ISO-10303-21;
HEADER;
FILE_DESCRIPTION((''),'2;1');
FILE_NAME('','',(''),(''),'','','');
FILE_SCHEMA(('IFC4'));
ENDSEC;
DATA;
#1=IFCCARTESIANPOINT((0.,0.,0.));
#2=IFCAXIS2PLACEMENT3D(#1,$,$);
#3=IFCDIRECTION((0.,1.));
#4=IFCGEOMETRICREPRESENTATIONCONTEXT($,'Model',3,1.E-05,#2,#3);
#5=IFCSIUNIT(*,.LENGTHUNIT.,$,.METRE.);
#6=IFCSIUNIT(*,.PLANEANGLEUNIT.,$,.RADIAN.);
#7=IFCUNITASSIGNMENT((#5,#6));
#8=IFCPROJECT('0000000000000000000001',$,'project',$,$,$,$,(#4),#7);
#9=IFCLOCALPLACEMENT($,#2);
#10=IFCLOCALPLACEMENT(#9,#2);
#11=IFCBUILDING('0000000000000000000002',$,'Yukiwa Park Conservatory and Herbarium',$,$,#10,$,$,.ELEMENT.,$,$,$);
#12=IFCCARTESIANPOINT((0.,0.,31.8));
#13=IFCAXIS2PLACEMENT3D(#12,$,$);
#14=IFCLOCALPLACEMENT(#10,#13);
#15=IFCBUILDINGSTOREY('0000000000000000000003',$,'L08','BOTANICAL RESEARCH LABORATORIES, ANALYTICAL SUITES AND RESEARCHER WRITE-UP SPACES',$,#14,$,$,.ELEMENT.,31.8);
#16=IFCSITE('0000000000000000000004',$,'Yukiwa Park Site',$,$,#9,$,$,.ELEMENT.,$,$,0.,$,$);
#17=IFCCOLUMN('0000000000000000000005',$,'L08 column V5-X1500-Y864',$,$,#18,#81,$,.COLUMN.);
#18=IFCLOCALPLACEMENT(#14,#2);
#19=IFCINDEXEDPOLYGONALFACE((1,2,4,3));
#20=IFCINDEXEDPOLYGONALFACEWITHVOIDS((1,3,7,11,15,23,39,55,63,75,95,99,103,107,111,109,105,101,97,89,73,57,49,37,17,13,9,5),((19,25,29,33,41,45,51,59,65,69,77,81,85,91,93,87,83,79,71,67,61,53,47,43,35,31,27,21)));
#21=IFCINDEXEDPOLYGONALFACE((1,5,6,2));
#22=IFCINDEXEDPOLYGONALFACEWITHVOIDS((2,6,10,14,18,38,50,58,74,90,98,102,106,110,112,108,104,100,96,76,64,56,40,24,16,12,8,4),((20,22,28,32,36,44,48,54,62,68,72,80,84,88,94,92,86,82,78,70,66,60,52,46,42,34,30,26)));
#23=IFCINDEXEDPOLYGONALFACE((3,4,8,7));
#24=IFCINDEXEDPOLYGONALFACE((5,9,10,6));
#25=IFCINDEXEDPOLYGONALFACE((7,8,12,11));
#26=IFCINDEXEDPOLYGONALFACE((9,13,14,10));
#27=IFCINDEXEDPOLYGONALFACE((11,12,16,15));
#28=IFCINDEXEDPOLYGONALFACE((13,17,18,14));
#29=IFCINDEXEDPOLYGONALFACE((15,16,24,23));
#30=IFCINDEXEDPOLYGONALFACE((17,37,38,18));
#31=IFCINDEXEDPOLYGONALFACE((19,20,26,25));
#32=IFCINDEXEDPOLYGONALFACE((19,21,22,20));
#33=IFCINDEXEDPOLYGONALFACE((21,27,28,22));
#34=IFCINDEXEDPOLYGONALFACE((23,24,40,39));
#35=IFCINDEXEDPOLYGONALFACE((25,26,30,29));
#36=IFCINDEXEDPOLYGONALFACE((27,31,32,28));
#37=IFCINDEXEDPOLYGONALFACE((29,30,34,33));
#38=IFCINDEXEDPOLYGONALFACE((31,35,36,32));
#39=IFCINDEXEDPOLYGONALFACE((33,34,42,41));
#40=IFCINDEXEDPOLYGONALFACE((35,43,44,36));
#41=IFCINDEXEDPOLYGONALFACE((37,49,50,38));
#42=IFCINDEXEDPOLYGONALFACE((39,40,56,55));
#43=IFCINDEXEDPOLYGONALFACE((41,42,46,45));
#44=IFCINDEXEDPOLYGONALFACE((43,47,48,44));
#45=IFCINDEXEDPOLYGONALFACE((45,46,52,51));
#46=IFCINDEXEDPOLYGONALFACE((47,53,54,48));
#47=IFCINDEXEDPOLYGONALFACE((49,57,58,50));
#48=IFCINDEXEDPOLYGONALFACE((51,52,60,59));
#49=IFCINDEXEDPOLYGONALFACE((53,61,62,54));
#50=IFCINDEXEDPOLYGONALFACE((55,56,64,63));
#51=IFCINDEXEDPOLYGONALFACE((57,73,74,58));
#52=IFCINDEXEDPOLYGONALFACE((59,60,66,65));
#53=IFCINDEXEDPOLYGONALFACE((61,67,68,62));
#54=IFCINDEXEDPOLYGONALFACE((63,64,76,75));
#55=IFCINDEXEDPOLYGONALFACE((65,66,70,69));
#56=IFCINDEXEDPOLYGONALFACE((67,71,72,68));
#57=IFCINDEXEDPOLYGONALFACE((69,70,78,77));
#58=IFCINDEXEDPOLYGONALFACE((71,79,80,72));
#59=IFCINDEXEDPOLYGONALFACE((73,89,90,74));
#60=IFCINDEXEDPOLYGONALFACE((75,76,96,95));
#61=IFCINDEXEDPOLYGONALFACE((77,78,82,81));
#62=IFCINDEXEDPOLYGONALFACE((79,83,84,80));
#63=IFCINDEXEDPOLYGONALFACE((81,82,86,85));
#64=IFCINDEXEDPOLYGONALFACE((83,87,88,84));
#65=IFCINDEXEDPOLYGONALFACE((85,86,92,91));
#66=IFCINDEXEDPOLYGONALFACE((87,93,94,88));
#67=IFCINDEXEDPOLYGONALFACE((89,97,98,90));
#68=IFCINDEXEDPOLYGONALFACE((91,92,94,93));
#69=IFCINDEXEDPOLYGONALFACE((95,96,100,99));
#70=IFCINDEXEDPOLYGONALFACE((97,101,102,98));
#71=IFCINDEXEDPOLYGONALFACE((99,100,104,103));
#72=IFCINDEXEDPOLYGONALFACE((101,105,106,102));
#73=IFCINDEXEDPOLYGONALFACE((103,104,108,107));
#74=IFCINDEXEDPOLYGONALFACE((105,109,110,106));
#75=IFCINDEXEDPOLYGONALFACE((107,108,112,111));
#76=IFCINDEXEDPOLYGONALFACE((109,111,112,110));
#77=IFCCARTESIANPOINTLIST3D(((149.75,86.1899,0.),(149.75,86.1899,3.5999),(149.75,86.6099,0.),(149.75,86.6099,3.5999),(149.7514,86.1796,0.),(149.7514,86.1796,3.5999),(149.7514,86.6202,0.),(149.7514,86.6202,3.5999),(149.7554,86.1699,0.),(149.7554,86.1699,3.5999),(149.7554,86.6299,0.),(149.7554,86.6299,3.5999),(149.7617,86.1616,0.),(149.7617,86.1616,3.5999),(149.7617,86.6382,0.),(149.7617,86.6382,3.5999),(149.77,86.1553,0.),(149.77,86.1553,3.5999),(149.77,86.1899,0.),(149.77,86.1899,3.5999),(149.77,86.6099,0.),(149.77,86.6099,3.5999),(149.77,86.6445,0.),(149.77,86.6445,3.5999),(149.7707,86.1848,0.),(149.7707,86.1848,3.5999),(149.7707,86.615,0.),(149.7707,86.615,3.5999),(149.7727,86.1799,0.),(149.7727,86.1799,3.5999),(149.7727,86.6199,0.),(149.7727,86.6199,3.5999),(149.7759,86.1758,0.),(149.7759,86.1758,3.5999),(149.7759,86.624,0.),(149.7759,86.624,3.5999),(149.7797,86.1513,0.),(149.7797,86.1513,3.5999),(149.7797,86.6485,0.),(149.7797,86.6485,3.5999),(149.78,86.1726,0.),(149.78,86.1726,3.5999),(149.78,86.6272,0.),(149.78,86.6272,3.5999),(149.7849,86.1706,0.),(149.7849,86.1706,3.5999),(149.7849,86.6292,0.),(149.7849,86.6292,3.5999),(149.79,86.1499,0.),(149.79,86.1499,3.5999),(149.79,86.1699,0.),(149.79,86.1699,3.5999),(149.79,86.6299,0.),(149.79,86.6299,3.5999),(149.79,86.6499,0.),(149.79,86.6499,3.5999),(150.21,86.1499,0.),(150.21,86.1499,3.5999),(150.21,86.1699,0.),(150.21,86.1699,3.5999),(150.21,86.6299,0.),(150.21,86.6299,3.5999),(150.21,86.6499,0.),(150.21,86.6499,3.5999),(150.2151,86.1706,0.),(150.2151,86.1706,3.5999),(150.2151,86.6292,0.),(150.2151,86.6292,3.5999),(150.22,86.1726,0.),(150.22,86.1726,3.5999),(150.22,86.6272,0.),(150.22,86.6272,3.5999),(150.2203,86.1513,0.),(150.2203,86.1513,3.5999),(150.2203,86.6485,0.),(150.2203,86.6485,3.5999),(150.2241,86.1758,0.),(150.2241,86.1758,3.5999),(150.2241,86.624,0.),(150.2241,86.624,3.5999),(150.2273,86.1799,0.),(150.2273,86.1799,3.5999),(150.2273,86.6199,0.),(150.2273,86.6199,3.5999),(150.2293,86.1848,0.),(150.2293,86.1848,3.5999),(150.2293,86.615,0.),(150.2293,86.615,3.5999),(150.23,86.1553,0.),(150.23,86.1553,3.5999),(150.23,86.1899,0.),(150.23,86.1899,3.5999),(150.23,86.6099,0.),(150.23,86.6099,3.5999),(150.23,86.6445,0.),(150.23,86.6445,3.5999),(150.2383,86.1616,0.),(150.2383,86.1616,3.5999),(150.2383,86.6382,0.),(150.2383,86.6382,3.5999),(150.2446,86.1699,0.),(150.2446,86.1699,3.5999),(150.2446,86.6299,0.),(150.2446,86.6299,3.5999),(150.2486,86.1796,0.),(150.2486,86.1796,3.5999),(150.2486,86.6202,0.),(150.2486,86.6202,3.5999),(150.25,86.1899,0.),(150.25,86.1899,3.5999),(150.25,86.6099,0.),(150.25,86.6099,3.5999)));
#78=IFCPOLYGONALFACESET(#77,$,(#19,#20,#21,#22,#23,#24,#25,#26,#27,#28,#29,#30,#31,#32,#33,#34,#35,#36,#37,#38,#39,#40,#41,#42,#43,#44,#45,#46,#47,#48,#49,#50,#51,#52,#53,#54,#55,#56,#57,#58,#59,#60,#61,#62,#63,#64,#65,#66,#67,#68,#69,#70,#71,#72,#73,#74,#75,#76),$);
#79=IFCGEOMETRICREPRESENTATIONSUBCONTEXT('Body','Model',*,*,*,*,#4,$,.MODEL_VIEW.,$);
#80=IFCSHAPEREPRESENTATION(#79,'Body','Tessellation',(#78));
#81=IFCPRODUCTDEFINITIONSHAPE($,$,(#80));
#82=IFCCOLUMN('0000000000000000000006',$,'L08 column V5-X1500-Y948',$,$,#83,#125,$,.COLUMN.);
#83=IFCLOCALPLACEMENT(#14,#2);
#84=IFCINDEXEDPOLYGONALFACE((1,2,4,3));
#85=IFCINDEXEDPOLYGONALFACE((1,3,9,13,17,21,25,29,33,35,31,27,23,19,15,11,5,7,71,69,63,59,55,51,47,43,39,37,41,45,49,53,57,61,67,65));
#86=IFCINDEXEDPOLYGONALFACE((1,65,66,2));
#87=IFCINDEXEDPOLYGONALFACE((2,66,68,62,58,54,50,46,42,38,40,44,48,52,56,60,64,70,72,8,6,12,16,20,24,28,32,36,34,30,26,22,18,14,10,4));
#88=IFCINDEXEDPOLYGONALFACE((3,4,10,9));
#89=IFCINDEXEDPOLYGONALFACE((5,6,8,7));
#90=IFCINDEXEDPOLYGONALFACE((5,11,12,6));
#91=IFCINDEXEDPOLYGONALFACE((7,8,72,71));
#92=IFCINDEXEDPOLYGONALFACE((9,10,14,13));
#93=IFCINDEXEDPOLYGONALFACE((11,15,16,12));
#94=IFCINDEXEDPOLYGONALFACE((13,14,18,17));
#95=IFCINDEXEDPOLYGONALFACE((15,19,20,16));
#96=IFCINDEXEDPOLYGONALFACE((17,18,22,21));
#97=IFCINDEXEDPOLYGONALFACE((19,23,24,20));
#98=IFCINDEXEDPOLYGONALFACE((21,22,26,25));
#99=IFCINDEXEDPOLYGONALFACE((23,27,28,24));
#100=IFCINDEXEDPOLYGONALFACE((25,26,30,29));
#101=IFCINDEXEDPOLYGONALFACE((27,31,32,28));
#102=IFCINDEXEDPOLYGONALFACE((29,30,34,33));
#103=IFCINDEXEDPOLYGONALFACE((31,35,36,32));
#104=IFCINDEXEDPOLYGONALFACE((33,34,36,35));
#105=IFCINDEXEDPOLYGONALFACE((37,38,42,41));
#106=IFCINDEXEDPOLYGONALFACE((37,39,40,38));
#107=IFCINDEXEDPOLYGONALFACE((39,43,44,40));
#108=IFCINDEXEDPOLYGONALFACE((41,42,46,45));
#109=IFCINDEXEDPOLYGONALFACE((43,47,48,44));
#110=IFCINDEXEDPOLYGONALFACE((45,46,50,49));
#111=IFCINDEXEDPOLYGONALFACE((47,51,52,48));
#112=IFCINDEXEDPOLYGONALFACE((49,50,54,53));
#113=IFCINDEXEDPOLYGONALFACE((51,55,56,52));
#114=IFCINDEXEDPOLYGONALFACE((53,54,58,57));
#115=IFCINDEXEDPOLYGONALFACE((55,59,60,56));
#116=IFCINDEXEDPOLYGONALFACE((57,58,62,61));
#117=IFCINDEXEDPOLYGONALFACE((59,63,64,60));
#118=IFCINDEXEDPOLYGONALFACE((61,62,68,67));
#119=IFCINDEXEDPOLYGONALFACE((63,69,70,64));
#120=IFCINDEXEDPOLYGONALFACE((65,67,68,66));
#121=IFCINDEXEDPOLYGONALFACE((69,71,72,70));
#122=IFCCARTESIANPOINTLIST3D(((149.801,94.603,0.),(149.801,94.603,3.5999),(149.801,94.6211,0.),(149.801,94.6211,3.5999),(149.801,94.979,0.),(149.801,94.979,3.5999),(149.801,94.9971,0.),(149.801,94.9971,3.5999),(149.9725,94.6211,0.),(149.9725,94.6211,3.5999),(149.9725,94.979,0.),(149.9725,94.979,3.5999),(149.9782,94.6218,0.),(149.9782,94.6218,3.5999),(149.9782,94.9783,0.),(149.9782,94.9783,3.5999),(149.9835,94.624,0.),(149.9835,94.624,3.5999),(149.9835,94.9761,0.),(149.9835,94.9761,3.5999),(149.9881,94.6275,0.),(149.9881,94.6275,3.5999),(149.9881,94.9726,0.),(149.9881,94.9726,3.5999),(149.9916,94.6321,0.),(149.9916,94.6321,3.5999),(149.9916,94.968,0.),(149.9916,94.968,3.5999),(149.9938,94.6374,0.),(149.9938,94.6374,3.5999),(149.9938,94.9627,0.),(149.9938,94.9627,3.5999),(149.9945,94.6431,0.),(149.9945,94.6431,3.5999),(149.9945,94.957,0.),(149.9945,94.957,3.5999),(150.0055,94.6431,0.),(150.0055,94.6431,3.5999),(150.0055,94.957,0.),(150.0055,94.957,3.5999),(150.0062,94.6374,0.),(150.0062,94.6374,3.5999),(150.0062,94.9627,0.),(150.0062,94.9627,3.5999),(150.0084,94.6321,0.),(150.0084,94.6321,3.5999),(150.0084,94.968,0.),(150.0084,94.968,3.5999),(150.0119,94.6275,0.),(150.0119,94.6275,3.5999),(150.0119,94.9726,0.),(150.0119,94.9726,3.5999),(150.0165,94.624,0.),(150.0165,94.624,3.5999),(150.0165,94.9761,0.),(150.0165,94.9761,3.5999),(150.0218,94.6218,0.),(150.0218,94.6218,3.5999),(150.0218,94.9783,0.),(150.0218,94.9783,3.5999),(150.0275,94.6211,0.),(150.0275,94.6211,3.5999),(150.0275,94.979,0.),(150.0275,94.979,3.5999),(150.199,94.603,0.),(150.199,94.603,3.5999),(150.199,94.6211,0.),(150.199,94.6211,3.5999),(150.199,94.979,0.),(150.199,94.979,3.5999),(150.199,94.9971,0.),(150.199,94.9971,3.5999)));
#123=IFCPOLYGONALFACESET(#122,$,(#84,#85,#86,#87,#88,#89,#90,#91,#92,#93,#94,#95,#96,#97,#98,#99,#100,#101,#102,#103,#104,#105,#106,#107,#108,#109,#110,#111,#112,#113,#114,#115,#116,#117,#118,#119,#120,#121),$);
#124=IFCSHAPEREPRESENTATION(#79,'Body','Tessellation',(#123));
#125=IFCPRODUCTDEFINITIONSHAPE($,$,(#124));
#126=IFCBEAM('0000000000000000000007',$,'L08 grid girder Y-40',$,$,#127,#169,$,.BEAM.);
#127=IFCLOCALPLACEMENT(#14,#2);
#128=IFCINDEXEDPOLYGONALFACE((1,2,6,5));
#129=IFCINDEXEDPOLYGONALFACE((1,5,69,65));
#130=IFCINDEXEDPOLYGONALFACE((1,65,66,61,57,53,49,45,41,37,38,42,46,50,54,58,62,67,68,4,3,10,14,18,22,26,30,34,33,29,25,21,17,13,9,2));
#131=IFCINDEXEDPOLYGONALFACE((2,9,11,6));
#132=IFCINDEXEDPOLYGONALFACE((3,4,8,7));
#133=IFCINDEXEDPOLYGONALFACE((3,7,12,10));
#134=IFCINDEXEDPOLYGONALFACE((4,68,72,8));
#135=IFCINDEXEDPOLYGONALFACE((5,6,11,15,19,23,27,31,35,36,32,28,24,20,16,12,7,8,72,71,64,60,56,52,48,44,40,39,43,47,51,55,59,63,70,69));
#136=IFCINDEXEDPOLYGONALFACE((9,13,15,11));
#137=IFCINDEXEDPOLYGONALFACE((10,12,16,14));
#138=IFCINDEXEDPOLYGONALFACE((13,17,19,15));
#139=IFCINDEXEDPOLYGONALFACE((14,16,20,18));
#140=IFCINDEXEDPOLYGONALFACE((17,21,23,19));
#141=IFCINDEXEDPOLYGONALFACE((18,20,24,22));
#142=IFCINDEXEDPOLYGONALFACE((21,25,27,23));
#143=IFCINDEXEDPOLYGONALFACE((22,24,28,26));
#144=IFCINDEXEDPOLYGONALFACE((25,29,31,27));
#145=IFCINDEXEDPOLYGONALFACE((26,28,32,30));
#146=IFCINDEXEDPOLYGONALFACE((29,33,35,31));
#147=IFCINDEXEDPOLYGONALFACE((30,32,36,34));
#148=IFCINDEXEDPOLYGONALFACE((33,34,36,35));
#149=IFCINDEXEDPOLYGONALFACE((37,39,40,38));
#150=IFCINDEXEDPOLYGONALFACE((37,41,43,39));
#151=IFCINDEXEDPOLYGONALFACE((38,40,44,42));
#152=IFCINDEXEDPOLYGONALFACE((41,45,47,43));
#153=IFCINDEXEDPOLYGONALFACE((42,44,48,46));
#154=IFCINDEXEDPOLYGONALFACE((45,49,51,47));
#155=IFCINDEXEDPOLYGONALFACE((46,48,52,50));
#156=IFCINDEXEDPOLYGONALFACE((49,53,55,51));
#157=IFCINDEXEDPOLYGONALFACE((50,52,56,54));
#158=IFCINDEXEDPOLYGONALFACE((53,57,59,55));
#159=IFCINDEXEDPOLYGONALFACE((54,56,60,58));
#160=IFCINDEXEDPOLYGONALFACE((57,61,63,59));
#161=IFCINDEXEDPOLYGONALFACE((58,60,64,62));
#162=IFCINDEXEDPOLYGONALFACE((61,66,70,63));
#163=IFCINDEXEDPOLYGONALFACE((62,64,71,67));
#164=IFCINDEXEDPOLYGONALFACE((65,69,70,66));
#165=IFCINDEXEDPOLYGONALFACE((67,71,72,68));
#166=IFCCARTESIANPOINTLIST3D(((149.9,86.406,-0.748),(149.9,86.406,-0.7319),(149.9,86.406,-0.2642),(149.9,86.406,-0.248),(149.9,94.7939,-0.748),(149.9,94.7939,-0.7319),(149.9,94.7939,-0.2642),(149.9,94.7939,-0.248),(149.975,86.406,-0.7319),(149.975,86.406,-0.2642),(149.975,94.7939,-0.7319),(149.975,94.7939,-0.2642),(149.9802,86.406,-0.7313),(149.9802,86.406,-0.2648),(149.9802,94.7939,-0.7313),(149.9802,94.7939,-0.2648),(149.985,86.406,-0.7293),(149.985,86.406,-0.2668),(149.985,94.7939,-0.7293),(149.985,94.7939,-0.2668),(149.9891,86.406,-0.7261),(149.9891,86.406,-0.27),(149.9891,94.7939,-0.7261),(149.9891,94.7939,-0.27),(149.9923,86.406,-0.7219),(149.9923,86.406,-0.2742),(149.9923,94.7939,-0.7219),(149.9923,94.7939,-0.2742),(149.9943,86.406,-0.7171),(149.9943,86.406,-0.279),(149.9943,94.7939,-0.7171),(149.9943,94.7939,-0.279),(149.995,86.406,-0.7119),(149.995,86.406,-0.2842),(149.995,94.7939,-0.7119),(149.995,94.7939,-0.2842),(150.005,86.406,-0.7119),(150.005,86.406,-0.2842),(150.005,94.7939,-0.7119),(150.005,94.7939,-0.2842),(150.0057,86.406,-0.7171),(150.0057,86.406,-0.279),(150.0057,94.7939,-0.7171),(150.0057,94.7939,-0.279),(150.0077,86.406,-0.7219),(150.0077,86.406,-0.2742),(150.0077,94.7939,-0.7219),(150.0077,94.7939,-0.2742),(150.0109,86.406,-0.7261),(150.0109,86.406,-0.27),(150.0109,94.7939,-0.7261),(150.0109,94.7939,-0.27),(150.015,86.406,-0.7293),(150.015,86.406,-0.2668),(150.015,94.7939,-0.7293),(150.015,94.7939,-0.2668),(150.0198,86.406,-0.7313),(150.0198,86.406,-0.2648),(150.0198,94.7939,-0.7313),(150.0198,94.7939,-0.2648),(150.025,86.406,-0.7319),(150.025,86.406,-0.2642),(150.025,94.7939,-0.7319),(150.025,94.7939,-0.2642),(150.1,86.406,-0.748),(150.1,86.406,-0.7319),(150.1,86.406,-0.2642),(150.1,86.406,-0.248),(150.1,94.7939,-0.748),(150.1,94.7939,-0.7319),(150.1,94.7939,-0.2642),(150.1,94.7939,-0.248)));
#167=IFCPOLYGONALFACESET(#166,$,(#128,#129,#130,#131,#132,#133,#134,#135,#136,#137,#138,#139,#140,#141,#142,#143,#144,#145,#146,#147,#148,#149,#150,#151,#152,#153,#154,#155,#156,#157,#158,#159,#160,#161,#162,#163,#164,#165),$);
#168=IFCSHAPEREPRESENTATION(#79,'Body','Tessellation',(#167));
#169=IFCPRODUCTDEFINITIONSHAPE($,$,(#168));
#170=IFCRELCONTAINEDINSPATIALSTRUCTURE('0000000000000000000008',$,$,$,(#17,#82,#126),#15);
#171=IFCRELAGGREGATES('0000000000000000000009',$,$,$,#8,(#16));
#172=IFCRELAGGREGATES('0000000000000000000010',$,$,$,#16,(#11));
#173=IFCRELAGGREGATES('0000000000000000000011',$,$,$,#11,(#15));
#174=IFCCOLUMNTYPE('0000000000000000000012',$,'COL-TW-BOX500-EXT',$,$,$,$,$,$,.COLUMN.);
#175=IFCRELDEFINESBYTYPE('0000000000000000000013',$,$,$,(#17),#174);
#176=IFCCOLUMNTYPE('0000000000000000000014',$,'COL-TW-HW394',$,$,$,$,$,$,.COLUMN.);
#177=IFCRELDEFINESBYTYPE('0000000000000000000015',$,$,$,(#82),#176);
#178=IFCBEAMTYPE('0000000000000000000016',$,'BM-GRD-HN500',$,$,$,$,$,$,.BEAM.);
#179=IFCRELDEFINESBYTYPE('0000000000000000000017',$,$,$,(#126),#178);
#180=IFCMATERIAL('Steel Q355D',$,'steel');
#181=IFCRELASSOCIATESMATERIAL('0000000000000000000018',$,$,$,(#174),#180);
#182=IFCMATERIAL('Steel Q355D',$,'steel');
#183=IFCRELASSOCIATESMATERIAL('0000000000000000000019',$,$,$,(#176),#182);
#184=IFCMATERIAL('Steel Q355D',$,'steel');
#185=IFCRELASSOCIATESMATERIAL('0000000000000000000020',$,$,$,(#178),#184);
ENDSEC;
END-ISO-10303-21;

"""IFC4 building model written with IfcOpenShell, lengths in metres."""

from ifc_helpers import new_model, si_unit, direction, frame, origin, origin_2d, place, context, subcontext, project, spatial, hollow_rectangle, i_section, extrude, material, material_profile, profile_set, type_object, element, save


model = new_model("IFC4")

# Units and contexts
model_context = context("Model", 3, precision=1e-05, world=origin(), true_north=direction((0.0, 1.0)))
body_context = subcontext(model_context, "Body", "Model", "MODEL_VIEW")
ifc_project = project(units=[si_unit("LENGTHUNIT", "METRE"), si_unit("PLANEANGLEUNIT", "RADIAN")], contexts=[model_context])

# Site, building, storey
site_placement = place(None, origin())
site = spatial("IfcSite", under=ifc_project, at=site_placement, Name="Yukiwa Park Site", CompositionType="ELEMENT", RefElevation=0.0)
building_placement = place(site_placement, origin())
building = spatial("IfcBuilding", under=site, at=building_placement, Name="Yukiwa Park Conservatory and Herbarium", CompositionType="ELEMENT")
storey_placement = place(building_placement, frame((0.0, 0.0, 31.8)))
storey = spatial("IfcBuildingStorey", under=building, at=storey_placement, Name="L08", Description="BOTANICAL RESEARCH LABORATORIES, ANALYTICAL SUITES AND RESEARCHER WRITE-UP SPACES", CompositionType="ELEMENT", Elevation=31.8)

# Columns
ifc_material_1 = material(Name="Steel Q355D", Category="steel")
ifc_material_profile_1 = material_profile(ifc_material_1, hollow_rectangle(XDim=0.5, YDim=0.5, WallThickness=0.02, InnerFilletRadius=0.02, OuterFilletRadius=0.04, at=origin_2d()), Name="BOX 500x500x20")
ifc_profile_set_1 = profile_set([ifc_material_profile_1], Name="Steel Q355D")
column_type_1 = type_object("IfcColumnType", Name="COL-TW-BOX500-EXT", PredefinedType="COLUMN", material=ifc_profile_set_1)
column_1_placement = place(storey_placement, frame((150.0, 86.3999, 0.0), z_axis=(0.0, 0.0, 1.0), x_axis=(1.0, 0.0, 0.0)))
element("IfcColumn", 1, at=column_1_placement, inside=storey, type_object=column_type_1, Name="L08 column V5-X1500-Y864", PredefinedType="COLUMN", context=body_context, shape_type="SweptSolid", body=[
    extrude(hollow_rectangle(XDim=0.5, YDim=0.5, WallThickness=0.02, InnerFilletRadius=0.02, OuterFilletRadius=0.04, at=origin_2d()), origin(), (0.0, 0.0, 1.0), 3.5999),
])
ifc_material_2 = material(Name="Steel Q355D", Category="steel")
ifc_material_profile_2 = material_profile(ifc_material_2, i_section(OverallWidth=0.3979, OverallDepth=0.394, WebThickness=0.011, FlangeThickness=0.0181, FilletRadius=0.022, at=origin_2d()), Name="HW 394x398x11x18")
ifc_profile_set_2 = profile_set([ifc_material_profile_2], Name="Steel Q355D")
column_type_2 = type_object("IfcColumnType", Name="COL-TW-HW394", PredefinedType="COLUMN", material=ifc_profile_set_2)
column_2_placement = place(storey_placement, frame((150.0, 94.8, 0.0), z_axis=(0.0, 0.0, 1.0), x_axis=(1.0, 0.0, 0.0)))
element("IfcColumn", 2, at=column_2_placement, inside=storey, type_object=column_type_2, Name="L08 column V5-X1500-Y948", PredefinedType="COLUMN", context=body_context, shape_type="SweptSolid", body=[
    extrude(i_section(OverallWidth=0.3979, OverallDepth=0.394, WebThickness=0.011, FlangeThickness=0.0181, FilletRadius=0.022, at=origin_2d()), origin(), (0.0, 0.0, 1.0), 3.5999),
])

# Beam
ifc_material_3 = material(Name="Steel Q355D", Category="steel")
ifc_material_profile_3 = material_profile(ifc_material_3, i_section(OverallWidth=0.2, OverallDepth=0.5, WebThickness=0.01, FlangeThickness=0.0161, FilletRadius=0.02, at=origin_2d()), Name="HN 500x200x10x16")
ifc_profile_set_3 = profile_set([ifc_material_profile_3], Name="Steel Q355D")
beam_type_1 = type_object("IfcBeamType", Name="BM-GRD-HN500", PredefinedType="BEAM", material=ifc_profile_set_3)
beam_1_placement = place(storey_placement, frame((150.0, 86.406, -0.498), z_axis=(0.0, 1.0, 0.0), x_axis=(-1.0, 0.0, 0.0)))
element("IfcBeam", 3, at=beam_1_placement, inside=storey, type_object=beam_type_1, Name="L08 grid girder Y-40", PredefinedType="BEAM", context=body_context, shape_type="SweptSolid", body=[
    extrude(i_section(OverallWidth=0.2, OverallDepth=0.5, WebThickness=0.01, FlangeThickness=0.0161, FilletRadius=0.02, at=origin_2d()), origin(), (0.0, 0.0, 1.0), 8.3879),
])

save(model, "model.ifc")
